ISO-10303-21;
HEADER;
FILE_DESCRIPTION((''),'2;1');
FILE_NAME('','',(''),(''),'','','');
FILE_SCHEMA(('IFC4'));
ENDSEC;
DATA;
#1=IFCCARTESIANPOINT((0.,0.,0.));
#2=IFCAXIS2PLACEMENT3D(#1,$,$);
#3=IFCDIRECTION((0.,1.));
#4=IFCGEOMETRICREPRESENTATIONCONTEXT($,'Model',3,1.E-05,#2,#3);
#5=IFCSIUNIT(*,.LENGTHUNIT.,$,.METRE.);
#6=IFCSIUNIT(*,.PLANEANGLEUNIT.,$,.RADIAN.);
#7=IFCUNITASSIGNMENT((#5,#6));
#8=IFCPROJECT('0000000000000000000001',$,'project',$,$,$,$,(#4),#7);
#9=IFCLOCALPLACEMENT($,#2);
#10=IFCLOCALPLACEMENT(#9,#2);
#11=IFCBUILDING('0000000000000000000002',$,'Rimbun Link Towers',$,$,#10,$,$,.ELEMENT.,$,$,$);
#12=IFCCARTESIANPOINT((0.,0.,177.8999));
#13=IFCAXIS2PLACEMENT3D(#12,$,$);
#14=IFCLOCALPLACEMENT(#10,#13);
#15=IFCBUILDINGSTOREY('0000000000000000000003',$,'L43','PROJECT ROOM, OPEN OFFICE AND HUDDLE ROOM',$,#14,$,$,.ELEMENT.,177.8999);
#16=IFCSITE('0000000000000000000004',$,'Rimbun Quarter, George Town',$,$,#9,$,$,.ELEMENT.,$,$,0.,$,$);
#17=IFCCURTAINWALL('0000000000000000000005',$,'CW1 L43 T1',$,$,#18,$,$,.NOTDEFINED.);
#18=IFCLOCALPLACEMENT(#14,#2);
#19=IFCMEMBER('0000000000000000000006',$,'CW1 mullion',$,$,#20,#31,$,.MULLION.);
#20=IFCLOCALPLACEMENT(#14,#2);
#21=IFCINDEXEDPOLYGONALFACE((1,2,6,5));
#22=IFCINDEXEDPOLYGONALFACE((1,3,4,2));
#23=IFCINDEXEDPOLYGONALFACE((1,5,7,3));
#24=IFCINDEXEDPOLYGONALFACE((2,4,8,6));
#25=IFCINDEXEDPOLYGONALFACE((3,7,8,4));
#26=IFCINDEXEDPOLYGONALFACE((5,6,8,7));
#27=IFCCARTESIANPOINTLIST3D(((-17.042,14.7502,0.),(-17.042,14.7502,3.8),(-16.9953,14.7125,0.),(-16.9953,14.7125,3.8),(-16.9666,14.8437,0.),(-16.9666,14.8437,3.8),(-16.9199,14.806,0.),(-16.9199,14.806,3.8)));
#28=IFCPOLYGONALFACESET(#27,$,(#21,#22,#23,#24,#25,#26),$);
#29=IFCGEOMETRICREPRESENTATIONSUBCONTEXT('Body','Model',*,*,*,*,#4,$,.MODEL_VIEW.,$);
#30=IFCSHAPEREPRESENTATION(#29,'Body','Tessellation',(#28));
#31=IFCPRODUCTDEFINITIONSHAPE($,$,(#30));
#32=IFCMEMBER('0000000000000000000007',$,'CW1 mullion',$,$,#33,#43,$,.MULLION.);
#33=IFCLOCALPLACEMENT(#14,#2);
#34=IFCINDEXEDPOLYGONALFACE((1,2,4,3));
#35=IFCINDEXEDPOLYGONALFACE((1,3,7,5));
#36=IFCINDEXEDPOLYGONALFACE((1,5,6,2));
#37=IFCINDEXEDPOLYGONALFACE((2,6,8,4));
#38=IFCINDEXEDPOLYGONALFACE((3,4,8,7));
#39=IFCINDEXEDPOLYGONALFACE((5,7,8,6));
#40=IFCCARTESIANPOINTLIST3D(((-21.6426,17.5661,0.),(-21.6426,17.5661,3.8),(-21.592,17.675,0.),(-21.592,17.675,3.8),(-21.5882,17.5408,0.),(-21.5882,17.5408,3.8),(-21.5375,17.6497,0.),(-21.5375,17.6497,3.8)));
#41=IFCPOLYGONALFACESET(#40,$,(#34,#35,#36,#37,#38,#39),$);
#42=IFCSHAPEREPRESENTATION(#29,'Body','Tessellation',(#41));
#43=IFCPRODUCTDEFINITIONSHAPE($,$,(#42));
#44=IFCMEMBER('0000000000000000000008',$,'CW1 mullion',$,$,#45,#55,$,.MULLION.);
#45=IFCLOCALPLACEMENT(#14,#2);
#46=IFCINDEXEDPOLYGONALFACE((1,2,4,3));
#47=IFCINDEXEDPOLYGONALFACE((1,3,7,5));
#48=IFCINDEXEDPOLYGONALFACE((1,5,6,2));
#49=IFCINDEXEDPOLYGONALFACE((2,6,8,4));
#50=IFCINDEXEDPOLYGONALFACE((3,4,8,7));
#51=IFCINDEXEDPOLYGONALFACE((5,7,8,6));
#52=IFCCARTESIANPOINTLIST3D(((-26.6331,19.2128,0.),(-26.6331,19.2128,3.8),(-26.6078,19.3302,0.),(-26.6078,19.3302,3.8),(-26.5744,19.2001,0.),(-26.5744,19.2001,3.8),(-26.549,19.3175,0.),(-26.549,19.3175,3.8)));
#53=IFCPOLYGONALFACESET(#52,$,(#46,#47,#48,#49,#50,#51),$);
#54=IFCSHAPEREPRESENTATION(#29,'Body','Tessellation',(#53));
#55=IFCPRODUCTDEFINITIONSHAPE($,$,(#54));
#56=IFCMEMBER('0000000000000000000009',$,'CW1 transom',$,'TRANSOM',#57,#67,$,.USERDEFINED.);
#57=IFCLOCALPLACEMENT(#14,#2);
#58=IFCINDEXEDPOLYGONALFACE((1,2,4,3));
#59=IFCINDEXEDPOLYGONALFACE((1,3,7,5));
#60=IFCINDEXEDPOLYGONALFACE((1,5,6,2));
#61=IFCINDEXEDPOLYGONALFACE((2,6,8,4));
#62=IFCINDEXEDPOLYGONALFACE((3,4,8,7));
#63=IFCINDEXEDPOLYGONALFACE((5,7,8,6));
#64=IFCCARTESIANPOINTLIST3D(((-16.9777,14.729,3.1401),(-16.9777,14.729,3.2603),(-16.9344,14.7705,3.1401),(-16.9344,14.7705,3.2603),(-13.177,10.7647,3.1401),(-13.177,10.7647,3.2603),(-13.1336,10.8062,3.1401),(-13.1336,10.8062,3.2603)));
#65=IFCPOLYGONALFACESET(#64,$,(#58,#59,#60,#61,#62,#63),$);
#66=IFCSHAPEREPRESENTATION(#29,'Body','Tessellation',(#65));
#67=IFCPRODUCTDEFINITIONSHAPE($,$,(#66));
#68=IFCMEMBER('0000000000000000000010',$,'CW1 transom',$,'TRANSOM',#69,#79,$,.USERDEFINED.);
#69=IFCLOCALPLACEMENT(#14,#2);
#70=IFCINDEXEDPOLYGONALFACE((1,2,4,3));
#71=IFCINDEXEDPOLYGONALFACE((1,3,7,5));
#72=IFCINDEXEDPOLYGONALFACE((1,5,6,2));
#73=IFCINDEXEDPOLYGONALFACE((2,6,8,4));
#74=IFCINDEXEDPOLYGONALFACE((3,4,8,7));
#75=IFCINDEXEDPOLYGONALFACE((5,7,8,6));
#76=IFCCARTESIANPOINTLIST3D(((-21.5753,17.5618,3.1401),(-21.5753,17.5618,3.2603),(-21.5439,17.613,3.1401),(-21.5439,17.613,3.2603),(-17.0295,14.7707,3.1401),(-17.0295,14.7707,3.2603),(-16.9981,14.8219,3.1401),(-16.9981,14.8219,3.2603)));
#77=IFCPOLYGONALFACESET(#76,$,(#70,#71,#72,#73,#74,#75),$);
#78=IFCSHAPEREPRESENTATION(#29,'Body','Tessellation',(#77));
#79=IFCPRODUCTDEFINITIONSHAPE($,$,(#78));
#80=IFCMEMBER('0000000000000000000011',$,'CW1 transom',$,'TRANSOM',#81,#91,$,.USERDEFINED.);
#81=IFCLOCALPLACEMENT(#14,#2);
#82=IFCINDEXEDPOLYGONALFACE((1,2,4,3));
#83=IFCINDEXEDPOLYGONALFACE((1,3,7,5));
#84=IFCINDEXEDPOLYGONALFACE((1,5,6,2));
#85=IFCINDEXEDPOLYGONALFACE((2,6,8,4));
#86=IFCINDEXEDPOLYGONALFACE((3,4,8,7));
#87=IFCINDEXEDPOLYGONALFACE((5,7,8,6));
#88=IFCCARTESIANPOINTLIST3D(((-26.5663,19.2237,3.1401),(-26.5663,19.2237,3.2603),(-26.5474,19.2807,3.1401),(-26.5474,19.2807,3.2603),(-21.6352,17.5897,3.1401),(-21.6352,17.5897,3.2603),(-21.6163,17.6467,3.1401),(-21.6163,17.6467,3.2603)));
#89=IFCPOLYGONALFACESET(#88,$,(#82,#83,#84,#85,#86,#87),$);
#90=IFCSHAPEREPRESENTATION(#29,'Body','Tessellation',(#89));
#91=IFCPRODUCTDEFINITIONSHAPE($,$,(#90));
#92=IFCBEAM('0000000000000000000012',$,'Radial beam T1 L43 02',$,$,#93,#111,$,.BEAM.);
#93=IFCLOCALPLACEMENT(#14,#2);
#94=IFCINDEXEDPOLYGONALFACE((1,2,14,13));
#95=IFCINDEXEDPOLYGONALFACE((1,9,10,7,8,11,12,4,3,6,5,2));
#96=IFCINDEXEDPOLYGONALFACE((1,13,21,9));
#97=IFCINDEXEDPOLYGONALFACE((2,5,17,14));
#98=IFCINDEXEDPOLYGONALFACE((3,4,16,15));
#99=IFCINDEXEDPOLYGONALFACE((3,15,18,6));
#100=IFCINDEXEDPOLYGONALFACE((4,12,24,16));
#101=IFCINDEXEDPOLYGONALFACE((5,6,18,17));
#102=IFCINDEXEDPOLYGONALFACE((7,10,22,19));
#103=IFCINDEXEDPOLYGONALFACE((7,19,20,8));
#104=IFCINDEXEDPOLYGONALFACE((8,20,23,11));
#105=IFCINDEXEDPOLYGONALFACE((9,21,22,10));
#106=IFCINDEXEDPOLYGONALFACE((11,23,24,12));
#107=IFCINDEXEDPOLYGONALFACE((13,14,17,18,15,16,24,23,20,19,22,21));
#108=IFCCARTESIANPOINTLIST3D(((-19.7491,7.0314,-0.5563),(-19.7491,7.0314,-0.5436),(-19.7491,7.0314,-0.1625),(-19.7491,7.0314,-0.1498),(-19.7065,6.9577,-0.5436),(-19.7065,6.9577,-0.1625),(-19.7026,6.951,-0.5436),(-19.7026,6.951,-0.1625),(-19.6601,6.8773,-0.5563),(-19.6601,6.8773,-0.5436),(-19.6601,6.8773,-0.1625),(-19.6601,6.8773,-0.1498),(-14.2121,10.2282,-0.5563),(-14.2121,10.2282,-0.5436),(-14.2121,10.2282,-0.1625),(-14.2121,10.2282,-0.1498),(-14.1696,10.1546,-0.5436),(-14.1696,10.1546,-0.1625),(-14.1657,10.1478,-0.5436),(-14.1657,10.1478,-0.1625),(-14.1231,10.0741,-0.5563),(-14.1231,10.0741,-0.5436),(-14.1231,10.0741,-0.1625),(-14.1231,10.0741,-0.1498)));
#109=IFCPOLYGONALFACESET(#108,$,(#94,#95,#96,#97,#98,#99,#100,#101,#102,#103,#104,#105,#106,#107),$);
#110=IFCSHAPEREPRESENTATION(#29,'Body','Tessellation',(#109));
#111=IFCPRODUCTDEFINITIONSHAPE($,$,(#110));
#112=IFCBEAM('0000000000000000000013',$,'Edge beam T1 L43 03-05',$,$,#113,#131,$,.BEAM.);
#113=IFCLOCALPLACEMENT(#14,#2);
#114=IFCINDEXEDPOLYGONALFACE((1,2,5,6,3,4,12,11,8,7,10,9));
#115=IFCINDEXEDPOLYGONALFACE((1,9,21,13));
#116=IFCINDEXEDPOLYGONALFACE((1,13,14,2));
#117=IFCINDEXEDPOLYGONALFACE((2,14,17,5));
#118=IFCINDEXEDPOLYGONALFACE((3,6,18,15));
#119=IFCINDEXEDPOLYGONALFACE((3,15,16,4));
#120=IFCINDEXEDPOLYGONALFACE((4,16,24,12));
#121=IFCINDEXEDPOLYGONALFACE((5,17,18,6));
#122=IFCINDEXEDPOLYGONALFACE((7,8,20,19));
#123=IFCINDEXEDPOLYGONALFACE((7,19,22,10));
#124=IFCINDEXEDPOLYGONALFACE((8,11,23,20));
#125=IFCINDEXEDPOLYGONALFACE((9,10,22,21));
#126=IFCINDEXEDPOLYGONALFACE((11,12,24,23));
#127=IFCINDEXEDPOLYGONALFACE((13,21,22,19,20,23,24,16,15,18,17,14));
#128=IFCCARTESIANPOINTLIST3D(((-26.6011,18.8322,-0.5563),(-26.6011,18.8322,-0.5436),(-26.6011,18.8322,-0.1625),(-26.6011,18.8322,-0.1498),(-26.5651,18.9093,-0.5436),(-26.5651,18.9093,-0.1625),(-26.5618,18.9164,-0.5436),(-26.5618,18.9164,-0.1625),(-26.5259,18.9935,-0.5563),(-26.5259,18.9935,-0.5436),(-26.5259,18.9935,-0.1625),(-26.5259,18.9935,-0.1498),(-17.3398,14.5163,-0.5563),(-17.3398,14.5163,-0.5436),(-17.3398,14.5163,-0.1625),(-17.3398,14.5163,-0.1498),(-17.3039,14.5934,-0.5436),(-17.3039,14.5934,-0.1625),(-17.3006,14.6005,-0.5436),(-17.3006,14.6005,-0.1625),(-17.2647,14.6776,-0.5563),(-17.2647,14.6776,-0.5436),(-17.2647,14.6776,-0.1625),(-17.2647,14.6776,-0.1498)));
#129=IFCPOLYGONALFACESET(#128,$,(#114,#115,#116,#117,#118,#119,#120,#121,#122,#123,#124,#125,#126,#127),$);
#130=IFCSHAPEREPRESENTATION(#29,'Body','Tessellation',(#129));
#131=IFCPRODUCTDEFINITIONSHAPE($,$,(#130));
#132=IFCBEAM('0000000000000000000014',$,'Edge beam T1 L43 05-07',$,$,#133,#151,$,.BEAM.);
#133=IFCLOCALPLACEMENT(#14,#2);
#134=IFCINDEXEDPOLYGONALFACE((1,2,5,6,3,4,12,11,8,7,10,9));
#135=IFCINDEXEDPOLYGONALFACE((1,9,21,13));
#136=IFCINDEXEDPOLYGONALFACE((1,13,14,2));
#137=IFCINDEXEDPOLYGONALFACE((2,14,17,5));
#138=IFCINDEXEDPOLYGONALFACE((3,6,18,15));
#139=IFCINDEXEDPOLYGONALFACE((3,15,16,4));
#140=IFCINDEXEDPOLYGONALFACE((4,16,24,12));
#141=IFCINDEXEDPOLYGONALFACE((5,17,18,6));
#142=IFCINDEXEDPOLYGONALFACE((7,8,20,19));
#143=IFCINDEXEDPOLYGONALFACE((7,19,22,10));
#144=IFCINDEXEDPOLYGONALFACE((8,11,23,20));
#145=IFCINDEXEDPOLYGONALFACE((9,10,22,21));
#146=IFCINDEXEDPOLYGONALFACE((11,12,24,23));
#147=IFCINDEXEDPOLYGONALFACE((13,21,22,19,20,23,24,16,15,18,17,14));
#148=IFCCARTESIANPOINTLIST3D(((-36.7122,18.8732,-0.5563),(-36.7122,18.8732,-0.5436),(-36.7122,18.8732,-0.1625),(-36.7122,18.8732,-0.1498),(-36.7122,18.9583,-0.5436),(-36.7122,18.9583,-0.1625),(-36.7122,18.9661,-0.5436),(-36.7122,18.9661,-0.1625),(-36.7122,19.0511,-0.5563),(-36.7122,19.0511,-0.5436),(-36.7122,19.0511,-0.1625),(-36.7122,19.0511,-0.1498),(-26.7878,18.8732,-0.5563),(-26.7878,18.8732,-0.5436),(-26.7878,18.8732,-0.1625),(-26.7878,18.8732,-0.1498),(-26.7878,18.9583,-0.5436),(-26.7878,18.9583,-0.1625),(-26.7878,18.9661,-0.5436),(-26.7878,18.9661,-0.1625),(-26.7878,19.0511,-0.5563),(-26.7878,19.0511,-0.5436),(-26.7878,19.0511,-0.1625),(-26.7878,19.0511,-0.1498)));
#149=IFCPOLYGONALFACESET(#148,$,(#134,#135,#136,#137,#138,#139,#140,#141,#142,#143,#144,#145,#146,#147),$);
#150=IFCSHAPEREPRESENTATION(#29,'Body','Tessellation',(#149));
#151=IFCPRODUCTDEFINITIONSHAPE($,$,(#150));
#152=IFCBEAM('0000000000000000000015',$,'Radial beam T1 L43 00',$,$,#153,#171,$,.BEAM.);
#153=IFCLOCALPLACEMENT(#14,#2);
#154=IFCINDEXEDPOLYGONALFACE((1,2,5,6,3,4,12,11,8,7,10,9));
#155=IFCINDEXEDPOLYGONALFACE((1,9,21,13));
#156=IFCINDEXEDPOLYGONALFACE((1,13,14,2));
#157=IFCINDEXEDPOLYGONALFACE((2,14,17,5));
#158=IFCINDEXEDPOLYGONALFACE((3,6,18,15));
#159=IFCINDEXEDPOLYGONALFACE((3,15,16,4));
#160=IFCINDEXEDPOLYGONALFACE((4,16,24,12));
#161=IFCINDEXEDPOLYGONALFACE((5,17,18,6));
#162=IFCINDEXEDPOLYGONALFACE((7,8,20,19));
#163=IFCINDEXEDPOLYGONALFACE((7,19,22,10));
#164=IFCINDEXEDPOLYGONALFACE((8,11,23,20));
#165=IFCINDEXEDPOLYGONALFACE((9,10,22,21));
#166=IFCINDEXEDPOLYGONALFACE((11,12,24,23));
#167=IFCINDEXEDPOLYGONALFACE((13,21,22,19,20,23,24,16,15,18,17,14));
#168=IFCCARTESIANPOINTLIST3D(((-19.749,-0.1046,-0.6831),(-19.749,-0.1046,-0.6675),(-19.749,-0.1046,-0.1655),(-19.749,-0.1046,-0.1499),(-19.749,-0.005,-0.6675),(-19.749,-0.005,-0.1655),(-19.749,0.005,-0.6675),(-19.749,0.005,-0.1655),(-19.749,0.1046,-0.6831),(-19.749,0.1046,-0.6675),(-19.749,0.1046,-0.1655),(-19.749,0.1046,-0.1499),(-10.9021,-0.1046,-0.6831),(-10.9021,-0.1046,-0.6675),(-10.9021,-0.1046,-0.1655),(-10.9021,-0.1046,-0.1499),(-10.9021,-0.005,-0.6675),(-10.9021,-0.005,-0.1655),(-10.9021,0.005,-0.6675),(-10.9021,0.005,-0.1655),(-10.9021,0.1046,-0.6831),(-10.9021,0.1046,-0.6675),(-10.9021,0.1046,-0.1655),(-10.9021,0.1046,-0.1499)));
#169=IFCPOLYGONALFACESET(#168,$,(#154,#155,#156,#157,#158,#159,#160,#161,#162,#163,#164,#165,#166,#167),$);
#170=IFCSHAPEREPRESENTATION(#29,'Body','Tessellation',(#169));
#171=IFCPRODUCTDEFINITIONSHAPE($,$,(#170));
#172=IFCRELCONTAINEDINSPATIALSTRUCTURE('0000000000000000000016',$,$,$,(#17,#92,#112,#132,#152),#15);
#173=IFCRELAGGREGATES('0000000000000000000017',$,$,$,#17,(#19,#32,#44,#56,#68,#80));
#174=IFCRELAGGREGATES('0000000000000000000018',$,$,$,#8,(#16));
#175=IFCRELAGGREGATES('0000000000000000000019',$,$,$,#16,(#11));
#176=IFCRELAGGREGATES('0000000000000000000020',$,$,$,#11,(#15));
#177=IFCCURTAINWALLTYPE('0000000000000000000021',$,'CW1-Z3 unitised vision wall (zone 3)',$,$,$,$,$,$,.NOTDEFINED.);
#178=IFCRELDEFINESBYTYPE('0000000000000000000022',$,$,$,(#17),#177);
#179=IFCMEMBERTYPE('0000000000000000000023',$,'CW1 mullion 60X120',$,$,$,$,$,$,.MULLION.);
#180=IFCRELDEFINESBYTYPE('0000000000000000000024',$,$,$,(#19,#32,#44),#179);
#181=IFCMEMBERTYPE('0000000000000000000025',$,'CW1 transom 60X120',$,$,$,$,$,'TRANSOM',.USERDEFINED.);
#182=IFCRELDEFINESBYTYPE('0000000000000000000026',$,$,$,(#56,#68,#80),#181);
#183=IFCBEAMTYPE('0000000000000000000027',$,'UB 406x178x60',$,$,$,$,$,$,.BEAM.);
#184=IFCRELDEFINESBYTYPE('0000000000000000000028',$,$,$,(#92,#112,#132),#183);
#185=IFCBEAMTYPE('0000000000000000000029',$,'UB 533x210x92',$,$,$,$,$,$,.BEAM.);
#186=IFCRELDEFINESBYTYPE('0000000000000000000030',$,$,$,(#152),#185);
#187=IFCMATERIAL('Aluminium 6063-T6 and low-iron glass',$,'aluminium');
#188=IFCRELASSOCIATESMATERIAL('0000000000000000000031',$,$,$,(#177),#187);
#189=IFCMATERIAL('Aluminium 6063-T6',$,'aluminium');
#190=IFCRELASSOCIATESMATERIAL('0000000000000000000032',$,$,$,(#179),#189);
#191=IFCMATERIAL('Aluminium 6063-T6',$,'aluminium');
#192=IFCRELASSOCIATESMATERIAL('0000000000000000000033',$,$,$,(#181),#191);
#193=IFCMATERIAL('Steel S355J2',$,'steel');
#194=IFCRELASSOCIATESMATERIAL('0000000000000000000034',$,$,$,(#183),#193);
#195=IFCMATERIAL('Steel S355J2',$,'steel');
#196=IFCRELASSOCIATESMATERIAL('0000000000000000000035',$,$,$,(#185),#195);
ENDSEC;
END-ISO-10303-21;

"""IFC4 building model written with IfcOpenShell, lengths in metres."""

from ifc_helpers import new_model, si_unit, direction, frame, origin, origin_2d, place, context, subcontext, project, spatial, rectangle, i_section, extrude, material, material_profile, profile_set, type_object, element, aggregate, save


model = new_model("IFC4")

# Units and contexts
model_context = context("Model", 3, precision=1e-05, world=origin(), true_north=direction((0.0, 1.0)))
body_context = subcontext(model_context, "Body", "Model", "MODEL_VIEW")
ifc_project = project(units=[si_unit("LENGTHUNIT", "METRE"), si_unit("PLANEANGLEUNIT", "RADIAN")], contexts=[model_context])

# Site, building, storey
site_placement = place(None, origin())
site = spatial("IfcSite", under=ifc_project, at=site_placement, Name="Rimbun Quarter, George Town", CompositionType="ELEMENT", RefElevation=0.0)
building_placement = place(site_placement, origin())
building = spatial("IfcBuilding", under=site, at=building_placement, Name="Rimbun Link Towers", CompositionType="ELEMENT")
storey_placement = place(building_placement, frame((0.0, 0.0, 177.8999)))
storey = spatial("IfcBuildingStorey", under=building, at=storey_placement, Name="L43", Description="PROJECT ROOM, OPEN OFFICE AND HUDDLE ROOM", CompositionType="ELEMENT", Elevation=177.8999)

# Curtain wall, members
ifc_material_1 = material(Name="Aluminium 6063-T6 and low-iron glass", Category="aluminium")
curtain_wall_type = type_object("IfcCurtainWallType", Name="CW1-Z3 unitised vision wall (zone 3)", PredefinedType="NOTDEFINED", material=ifc_material_1)
curtain_wall_placement = place(storey_placement, origin())
curtain_wall = element("IfcCurtainWall", 1, at=curtain_wall_placement, inside=storey, type_object=curtain_wall_type, Name="CW1 L43 T1", PredefinedType="NOTDEFINED")
ifc_material_2 = material(Name="Aluminium 6063-T6", Category="aluminium")
ifc_material_profile_1 = material_profile(ifc_material_2, rectangle(XDim=0.1201, YDim=0.0601, at=origin_2d()), Name="MULLION 60X120")
ifc_profile_set_1 = profile_set([ifc_material_profile_1], Name="Aluminium 6063-T6")
member_type_1 = type_object("IfcMemberType", Name="CW1 mullion 60X120", PredefinedType="MULLION", material=ifc_profile_set_1)
member_1_placement = place(storey_placement, frame((-16.981, 14.7781, 0.0), z_axis=(0.0, 0.0, 1.0), x_axis=(0.627671, 0.778479, 0.0)))
member_1 = element("IfcMember", 2, at=member_1_placement, type_object=member_type_1, Name="CW1 mullion", PredefinedType="MULLION", context=body_context, shape_type="SweptSolid", body=[
    extrude(rectangle(XDim=0.1201, YDim=0.0601, at=origin_2d()), origin(), (0.0, 0.0, 1.0), 3.8),
])
member_2_placement = place(storey_placement, frame((-21.5901, 17.6079, 0.0), z_axis=(0.0, 0.0, 1.0), x_axis=(0.421697, 0.906737, 0.0)))
member_2 = element("IfcMember", 3, at=member_2_placement, type_object=member_type_1, Name="CW1 mullion", PredefinedType="MULLION", context=body_context, shape_type="SweptSolid", body=[
    extrude(rectangle(XDim=0.1201, YDim=0.0601, at=origin_2d()), origin(), (0.0, 0.0, 1.0), 3.8),
])
member_3_placement = place(storey_placement, frame((-26.5911, 19.2651, 0.0), z_axis=(0.0, 0.0, 1.0), x_axis=(0.210867, 0.977515, 0.0)))
member_3 = element("IfcMember", 4, at=member_3_placement, type_object=member_type_1, Name="CW1 mullion", PredefinedType="MULLION", context=body_context, shape_type="SweptSolid", body=[
    extrude(rectangle(XDim=0.1201, YDim=0.0601, at=origin_2d()), origin(), (0.0, 0.0, 1.0), 3.8),
])
ifc_material_3 = material(Name="Aluminium 6063-T6", Category="aluminium")
ifc_material_profile_2 = material_profile(ifc_material_3, rectangle(XDim=0.0601, YDim=0.1201, at=origin_2d()), Name="TRANSOM 60X120")
ifc_profile_set_2 = profile_set([ifc_material_profile_2], Name="Aluminium 6063-T6")
member_type_2 = type_object("IfcMemberType", Name="CW1 transom 60X120", ElementType="TRANSOM", PredefinedType="USERDEFINED", material=ifc_profile_set_2)
member_4_placement = place(storey_placement, frame((-16.9561, 14.7498, 3.2002), z_axis=(0.692058, -0.721842, 0.0), x_axis=(0.721842, 0.692058, 0.0)))
member_4 = element("IfcMember", 5, at=member_4_placement, type_object=member_type_2, Name="CW1 transom", ObjectType="TRANSOM", PredefinedType="USERDEFINED", context=body_context, shape_type="SweptSolid", body=[
    extrude(rectangle(XDim=0.0601, YDim=0.1201, at=origin_2d()), origin(), (0.0, 0.0, 1.0), 5.4919),
])
member_5_placement = place(storey_placement, frame((-21.5596, 17.5874, 3.2002), z_axis=(0.852186, -0.523239, 0.0), x_axis=(0.523239, 0.852186, 0.0)))
member_5 = element("IfcMember", 6, at=member_5_placement, type_object=member_type_2, Name="CW1 transom", ObjectType="TRANSOM", PredefinedType="USERDEFINED", context=body_context, shape_type="SweptSolid", body=[
    extrude(rectangle(XDim=0.0601, YDim=0.1201, at=origin_2d()), origin(), (0.0, 0.0, 1.0), 5.3342),
])
member_6_placement = place(storey_placement, frame((-26.5569, 19.2522, 3.2002), z_axis=(0.949241, -0.314549, 0.0), x_axis=(0.314549, 0.949241, 0.0)))
member_6 = element("IfcMember", 7, at=member_6_placement, type_object=member_type_2, Name="CW1 transom", ObjectType="TRANSOM", PredefinedType="USERDEFINED", context=body_context, shape_type="SweptSolid", body=[
    extrude(rectangle(XDim=0.0601, YDim=0.1201, at=origin_2d()), origin(), (0.0, 0.0, 1.0), 5.1948),
])

# Beams
ifc_material_4 = material(Name="Steel S355J2", Category="steel")
ifc_material_profile_3 = material_profile(ifc_material_4, i_section(OverallWidth=0.178, OverallDepth=0.4065, WebThickness=0.0078, FlangeThickness=0.0127, at=origin_2d()), Name="UB 406x178x60")
ifc_profile_set_3 = profile_set([ifc_material_profile_3], Name="Steel S355J2")
beam_type_1 = type_object("IfcBeamType", Name="UB 406x178x60", PredefinedType="BEAM", material=ifc_profile_set_3)
beam_1_placement = place(storey_placement, frame((-19.7046, 6.9543, -0.353), z_axis=(0.866021, 0.500008, 0.0), x_axis=(-0.500008, 0.866021, 0.0)))
element("IfcBeam", 8, at=beam_1_placement, inside=storey, type_object=beam_type_1, Name="Radial beam T1 L43 02", PredefinedType="BEAM", context=body_context, shape_type="SweptSolid", body=[
    extrude(i_section(OverallWidth=0.178, OverallDepth=0.4065, WebThickness=0.0078, FlangeThickness=0.0127, at=origin_2d()), origin(), (0.0, 0.0, 1.0), 6.3936),
])
beam_2_placement = place(storey_placement, frame((-17.3022, 14.5969, -0.353), z_axis=(-0.906408, 0.422404, 0.0), x_axis=(-0.422404, -0.906408, 0.0)))
element("IfcBeam", 9, at=beam_2_placement, inside=storey, type_object=beam_type_1, Name="Edge beam T1 L43 03-05", PredefinedType="BEAM", context=body_context, shape_type="SweptSolid", body=[
    extrude(i_section(OverallWidth=0.178, OverallDepth=0.4065, WebThickness=0.0078, FlangeThickness=0.0127, at=origin_2d()), origin(), (0.0, 0.0, 1.0), 10.2175),
])
beam_3_placement = place(storey_placement, frame((-26.7878, 18.9622, -0.353), z_axis=(-1.0, 0.0, 0.0), x_axis=(0.0, -1.0, 0.0)))
element("IfcBeam", 10, at=beam_3_placement, inside=storey, type_object=beam_type_1, Name="Edge beam T1 L43 05-07", PredefinedType="BEAM", context=body_context, shape_type="SweptSolid", body=[
    extrude(i_section(OverallWidth=0.178, OverallDepth=0.4065, WebThickness=0.0078, FlangeThickness=0.0127, at=origin_2d()), origin(), (0.0, 0.0, 1.0), 9.9243),
])
ifc_material_5 = material(Name="Steel S355J2", Category="steel")
ifc_material_profile_4 = material_profile(ifc_material_5, i_section(OverallWidth=0.2092, OverallDepth=0.5332, WebThickness=0.01, FlangeThickness=0.0156, at=origin_2d()), Name="UB 533x210x92")
ifc_profile_set_4 = profile_set([ifc_material_profile_4], Name="Steel S355J2")
beam_type_2 = type_object("IfcBeamType", Name="UB 533x210x92", PredefinedType="BEAM", material=ifc_profile_set_4)
beam_4_placement = place(storey_placement, frame((-19.749, 0.0, -0.4165), z_axis=(1.0, 0.0, 0.0), x_axis=(0.0, 1.0, 0.0)))
element("IfcBeam", 11, at=beam_4_placement, inside=storey, type_object=beam_type_2, Name="Radial beam T1 L43 00", PredefinedType="BEAM", context=body_context, shape_type="SweptSolid", body=[
    extrude(i_section(OverallWidth=0.2092, OverallDepth=0.5332, WebThickness=0.01, FlangeThickness=0.0156, at=origin_2d()), origin(), (0.0, 0.0, 1.0), 8.8469),
])

aggregate(curtain_wall, [member_1, member_2, member_3, member_4, member_5, member_6])

save(model, "model.ifc")
